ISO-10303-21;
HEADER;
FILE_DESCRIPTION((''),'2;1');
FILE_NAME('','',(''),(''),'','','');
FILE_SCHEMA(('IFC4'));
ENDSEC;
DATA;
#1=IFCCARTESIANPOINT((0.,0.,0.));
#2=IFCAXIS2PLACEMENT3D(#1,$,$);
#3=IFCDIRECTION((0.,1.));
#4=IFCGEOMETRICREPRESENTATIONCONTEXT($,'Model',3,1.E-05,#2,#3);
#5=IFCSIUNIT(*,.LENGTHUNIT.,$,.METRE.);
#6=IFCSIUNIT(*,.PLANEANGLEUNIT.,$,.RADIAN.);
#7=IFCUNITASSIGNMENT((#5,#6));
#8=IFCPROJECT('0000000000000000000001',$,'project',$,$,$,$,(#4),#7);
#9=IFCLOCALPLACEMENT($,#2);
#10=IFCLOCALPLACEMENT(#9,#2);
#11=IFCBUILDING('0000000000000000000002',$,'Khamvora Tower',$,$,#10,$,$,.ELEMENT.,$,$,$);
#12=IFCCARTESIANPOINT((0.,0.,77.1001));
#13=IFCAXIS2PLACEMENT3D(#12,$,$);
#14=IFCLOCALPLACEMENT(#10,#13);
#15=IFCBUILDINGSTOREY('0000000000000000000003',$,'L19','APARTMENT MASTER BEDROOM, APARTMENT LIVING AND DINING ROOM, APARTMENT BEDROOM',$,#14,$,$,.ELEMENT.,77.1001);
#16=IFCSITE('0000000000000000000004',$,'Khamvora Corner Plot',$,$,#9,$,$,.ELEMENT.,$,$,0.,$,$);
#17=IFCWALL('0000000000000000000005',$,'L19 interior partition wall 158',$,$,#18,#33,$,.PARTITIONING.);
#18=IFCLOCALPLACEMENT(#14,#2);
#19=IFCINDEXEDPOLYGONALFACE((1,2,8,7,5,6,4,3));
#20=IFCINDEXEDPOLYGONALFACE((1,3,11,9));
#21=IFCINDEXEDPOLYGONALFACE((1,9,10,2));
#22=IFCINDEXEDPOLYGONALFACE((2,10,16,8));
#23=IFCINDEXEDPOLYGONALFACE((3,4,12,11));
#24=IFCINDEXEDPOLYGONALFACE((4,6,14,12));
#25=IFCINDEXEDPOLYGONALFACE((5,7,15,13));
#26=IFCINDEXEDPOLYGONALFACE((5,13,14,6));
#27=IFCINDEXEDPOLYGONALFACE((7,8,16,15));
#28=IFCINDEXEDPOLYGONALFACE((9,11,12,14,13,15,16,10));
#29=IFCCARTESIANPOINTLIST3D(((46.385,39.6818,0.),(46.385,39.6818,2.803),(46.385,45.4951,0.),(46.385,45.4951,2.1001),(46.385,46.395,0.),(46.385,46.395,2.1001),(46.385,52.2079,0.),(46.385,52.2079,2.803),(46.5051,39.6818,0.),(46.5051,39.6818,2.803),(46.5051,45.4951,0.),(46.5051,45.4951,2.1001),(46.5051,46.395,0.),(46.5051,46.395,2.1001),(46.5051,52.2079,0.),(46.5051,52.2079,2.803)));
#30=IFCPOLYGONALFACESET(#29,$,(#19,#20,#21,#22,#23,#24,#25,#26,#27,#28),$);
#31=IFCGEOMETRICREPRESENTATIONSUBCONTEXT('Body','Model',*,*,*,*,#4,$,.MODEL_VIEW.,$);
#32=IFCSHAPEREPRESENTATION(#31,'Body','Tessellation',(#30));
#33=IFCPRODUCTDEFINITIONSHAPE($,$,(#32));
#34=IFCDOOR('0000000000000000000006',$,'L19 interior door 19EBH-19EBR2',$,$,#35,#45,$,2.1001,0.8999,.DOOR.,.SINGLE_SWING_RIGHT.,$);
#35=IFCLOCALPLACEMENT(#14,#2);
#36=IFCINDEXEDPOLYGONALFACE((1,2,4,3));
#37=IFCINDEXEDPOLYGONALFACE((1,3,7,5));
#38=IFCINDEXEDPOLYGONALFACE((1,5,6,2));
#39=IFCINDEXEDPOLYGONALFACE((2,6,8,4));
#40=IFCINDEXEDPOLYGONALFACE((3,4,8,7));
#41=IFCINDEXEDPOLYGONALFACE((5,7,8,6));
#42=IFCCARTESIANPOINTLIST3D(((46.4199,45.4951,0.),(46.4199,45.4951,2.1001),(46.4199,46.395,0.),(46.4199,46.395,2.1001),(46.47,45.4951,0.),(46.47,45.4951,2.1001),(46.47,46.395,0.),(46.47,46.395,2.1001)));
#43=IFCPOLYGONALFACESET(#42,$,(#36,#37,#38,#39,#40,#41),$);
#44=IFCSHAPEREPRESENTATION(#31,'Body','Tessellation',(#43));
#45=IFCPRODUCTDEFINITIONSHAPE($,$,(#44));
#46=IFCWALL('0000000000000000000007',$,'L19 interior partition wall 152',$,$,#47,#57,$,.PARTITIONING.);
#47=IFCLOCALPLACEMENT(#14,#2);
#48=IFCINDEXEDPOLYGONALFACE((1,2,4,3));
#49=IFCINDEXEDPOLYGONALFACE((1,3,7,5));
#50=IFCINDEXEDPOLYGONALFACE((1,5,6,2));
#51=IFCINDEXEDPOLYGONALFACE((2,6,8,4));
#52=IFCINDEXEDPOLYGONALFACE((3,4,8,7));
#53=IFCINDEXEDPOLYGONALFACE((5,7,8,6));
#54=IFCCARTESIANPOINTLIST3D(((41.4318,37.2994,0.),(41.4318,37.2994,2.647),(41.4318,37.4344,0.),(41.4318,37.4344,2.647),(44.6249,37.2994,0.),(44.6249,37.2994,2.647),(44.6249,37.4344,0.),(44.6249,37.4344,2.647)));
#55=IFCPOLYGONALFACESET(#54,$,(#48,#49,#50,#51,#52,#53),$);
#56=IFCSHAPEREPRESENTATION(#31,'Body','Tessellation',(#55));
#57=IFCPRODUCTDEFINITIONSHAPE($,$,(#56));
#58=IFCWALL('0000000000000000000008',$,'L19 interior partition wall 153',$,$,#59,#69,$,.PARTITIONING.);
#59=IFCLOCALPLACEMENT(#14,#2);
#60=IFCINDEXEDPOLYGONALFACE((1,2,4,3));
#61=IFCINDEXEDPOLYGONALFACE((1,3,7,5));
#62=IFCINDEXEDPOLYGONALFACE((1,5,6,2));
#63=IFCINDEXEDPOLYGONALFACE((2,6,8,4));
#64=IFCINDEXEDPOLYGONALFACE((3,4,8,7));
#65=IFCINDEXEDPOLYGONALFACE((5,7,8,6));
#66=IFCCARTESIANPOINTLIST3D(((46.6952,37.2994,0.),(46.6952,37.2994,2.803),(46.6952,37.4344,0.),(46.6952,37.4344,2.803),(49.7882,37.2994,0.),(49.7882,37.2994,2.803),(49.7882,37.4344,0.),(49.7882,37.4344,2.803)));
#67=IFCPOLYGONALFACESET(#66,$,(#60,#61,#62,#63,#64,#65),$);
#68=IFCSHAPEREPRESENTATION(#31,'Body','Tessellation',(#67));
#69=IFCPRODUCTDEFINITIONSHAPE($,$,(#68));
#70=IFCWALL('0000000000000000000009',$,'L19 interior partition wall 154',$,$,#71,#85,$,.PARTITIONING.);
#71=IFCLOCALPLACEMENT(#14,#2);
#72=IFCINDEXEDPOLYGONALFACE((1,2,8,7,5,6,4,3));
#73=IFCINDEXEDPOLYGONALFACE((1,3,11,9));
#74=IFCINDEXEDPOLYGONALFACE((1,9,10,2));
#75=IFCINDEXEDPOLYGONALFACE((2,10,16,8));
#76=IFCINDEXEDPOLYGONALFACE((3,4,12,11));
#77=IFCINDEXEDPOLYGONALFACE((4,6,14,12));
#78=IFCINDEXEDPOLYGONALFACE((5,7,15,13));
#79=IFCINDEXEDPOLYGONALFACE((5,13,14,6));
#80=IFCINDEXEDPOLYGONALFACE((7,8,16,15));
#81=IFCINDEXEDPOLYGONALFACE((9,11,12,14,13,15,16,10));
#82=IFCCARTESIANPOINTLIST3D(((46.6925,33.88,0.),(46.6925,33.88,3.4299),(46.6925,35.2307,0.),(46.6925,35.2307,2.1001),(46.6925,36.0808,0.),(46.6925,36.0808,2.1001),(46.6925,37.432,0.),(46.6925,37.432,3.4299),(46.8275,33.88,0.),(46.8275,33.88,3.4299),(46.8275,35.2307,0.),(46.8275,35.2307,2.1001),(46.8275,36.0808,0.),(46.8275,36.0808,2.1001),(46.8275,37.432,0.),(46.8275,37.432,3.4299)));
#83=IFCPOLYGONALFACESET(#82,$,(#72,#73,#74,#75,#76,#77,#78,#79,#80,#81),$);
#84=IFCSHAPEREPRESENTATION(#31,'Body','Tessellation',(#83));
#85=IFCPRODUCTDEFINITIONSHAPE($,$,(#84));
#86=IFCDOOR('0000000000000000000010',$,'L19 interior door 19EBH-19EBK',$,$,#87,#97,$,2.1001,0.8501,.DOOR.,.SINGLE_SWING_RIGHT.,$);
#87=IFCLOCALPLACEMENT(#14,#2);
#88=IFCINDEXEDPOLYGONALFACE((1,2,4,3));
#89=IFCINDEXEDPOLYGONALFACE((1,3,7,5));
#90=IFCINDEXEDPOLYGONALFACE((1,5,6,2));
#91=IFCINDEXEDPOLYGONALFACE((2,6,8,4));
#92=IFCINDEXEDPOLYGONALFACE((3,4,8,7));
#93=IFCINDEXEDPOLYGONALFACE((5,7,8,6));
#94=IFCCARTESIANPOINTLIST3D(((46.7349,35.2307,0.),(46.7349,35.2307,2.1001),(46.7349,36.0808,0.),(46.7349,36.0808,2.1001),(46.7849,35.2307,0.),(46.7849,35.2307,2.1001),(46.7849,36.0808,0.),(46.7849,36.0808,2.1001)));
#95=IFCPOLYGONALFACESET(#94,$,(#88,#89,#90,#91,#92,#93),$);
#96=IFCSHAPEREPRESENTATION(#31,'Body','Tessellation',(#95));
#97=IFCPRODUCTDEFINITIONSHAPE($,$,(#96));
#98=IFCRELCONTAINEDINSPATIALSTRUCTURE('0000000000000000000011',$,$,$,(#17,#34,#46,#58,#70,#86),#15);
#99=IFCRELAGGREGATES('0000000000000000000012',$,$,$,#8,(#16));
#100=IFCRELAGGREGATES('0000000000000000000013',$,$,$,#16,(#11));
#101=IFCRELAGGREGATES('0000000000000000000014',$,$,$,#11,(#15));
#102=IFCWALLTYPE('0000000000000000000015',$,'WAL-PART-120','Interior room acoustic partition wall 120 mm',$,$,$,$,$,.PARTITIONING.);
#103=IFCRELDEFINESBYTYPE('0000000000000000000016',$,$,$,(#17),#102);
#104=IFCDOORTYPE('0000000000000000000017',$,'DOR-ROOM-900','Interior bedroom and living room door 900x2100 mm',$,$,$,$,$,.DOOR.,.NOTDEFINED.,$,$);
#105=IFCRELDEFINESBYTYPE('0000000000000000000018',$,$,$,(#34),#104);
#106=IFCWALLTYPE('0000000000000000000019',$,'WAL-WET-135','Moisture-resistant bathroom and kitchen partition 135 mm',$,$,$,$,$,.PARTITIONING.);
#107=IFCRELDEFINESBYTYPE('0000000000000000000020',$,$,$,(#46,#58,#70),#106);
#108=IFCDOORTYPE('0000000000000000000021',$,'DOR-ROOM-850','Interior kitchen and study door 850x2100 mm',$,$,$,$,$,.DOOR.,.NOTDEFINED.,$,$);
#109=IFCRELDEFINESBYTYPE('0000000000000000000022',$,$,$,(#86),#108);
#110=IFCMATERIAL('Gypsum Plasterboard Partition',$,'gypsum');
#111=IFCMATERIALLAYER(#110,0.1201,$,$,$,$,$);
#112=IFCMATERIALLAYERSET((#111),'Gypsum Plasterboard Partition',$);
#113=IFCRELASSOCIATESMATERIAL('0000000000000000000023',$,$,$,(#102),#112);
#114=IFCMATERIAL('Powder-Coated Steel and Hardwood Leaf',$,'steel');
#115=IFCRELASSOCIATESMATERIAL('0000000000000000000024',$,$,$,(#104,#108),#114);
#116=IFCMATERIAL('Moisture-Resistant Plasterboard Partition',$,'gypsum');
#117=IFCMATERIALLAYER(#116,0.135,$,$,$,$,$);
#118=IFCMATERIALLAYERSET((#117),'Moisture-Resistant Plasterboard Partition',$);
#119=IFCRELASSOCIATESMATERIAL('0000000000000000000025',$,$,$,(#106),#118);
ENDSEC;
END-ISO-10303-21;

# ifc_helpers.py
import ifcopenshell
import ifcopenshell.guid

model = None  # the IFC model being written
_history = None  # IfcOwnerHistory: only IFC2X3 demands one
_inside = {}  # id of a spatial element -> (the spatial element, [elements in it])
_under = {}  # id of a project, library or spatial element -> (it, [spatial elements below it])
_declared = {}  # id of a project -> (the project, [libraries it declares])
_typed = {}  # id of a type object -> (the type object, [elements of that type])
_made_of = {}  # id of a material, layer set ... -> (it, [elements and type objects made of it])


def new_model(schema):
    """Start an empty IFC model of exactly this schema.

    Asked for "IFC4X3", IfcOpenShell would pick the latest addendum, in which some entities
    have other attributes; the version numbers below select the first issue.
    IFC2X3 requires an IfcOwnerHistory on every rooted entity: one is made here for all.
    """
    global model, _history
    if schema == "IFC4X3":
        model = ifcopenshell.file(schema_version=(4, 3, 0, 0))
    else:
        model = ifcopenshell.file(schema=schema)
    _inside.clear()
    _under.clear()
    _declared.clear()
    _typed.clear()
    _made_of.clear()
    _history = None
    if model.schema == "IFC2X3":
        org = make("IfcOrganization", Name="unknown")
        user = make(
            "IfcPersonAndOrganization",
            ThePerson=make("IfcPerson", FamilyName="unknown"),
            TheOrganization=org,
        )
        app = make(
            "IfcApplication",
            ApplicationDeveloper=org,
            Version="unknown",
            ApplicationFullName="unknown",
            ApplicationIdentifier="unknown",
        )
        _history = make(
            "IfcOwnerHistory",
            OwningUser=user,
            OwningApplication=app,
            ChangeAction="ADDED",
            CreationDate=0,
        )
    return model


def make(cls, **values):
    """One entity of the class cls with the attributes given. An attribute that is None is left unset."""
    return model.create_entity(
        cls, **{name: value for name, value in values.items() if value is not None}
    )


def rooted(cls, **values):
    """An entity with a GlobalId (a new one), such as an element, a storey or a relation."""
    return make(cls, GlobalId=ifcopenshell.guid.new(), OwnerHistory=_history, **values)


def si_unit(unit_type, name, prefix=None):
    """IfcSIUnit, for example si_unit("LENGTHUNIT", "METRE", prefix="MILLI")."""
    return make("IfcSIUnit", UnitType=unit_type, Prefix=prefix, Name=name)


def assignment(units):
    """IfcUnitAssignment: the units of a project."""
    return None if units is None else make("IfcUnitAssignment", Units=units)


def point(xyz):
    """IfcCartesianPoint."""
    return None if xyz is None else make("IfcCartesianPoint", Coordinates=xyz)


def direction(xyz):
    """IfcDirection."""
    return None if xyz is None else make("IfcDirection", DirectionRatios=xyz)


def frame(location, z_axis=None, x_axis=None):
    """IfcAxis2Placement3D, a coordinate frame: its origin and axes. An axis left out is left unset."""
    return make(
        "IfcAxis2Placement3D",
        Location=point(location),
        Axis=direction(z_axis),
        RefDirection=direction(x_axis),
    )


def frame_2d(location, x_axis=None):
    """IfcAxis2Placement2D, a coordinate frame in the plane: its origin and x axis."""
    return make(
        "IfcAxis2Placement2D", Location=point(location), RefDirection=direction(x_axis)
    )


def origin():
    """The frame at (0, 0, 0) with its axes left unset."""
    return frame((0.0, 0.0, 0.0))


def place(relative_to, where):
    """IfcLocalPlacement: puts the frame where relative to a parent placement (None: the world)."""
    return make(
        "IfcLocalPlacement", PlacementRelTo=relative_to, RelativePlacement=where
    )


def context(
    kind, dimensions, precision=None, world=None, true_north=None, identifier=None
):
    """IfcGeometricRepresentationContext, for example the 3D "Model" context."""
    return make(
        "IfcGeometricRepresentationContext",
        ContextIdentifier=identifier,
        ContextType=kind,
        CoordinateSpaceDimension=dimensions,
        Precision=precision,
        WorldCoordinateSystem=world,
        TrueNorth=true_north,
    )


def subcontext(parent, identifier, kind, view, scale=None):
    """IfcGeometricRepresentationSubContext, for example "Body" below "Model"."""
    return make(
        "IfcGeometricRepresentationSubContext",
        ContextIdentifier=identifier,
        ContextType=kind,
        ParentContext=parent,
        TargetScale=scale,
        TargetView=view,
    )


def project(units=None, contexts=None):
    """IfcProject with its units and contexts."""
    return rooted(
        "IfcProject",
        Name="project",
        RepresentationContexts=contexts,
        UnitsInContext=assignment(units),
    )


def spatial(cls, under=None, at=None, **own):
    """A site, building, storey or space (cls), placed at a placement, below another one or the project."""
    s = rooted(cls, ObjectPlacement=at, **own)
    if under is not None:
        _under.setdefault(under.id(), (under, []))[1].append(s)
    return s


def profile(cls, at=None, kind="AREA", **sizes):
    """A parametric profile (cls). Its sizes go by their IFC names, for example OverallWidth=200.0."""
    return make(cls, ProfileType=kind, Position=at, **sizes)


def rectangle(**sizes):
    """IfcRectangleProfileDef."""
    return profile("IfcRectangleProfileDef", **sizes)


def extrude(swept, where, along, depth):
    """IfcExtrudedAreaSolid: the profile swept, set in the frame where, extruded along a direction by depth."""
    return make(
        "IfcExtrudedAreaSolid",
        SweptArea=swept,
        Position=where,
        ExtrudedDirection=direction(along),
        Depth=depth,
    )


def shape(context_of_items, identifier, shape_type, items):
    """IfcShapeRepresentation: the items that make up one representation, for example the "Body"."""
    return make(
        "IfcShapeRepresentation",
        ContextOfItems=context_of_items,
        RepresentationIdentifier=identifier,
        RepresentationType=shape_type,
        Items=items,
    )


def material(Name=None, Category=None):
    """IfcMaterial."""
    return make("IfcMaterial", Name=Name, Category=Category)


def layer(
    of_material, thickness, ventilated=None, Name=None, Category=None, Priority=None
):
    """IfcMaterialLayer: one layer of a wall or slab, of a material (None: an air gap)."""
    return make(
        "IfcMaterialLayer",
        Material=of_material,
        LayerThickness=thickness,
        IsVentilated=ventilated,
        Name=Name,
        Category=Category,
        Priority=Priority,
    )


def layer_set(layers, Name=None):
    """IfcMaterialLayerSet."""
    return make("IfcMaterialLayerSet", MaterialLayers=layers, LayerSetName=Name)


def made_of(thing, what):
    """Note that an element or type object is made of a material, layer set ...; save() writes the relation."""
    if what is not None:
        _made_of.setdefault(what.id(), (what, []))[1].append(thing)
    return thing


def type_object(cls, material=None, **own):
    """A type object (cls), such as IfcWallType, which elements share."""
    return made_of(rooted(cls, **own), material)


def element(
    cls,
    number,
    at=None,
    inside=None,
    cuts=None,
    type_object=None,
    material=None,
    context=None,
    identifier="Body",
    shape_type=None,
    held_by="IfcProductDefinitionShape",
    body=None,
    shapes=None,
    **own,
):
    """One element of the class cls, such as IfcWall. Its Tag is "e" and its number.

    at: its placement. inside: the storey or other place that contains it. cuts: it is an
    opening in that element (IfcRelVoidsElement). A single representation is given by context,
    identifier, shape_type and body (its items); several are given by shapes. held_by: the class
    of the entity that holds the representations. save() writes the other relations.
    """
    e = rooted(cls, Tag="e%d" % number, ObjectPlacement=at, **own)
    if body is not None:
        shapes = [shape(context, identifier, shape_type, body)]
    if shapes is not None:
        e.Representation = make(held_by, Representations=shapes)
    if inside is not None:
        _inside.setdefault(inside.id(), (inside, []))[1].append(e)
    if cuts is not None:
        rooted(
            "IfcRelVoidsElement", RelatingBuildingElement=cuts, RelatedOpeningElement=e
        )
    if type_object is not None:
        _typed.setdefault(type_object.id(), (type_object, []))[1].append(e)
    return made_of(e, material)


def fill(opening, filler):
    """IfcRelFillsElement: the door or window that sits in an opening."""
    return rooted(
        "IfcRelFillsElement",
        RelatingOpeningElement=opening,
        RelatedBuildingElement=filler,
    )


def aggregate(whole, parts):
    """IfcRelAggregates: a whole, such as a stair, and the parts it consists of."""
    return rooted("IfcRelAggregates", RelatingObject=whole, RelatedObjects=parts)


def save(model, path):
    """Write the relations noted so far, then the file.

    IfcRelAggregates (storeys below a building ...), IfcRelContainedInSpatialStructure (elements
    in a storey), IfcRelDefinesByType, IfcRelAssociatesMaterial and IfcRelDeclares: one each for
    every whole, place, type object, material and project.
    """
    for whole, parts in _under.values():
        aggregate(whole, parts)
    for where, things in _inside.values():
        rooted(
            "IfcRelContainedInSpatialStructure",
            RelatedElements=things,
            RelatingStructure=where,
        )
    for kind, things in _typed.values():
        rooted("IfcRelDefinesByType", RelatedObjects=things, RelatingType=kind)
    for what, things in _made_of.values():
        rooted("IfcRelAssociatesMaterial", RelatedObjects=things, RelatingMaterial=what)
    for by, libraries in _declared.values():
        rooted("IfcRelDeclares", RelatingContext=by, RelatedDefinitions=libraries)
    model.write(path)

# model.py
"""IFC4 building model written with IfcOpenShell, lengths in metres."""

from ifc_helpers import new_model, si_unit, direction, frame, frame_2d, origin, place, context, subcontext, project, spatial, rectangle, extrude, material, layer, layer_set, type_object, element, fill, save


model = new_model("IFC4")

# Units and contexts
model_context = context("Model", 3, precision=1e-05, world=origin(), true_north=direction((0.0, 1.0)))
body_context = subcontext(model_context, "Body", "Model", "MODEL_VIEW")
ifc_project = project(units=[si_unit("LENGTHUNIT", "METRE"), si_unit("PLANEANGLEUNIT", "RADIAN")], contexts=[model_context])

# Site, building, storey
site_placement = place(None, origin())
site = spatial("IfcSite", under=ifc_project, at=site_placement, Name="Khamvora Corner Plot", CompositionType="ELEMENT", RefElevation=0.0)
building_placement = place(site_placement, origin())
building = spatial("IfcBuilding", under=site, at=building_placement, Name="Khamvora Tower", CompositionType="ELEMENT")
storey_placement = place(building_placement, frame((0.0, 0.0, 77.1001)))
storey = spatial("IfcBuildingStorey", under=building, at=storey_placement, Name="L19", Description="APARTMENT MASTER BEDROOM, APARTMENT LIVING AND DINING ROOM, APARTMENT BEDROOM", CompositionType="ELEMENT", Elevation=77.1001)

# Shared definitions
ifc_material_1 = material(Name="Gypsum Plasterboard Partition", Category="gypsum")
ifc_layer_1 = layer(ifc_material_1, 0.1201)
ifc_layer_set_1 = layer_set([ifc_layer_1], Name="Gypsum Plasterboard Partition")
wall_type_1 = type_object("IfcWallType", Name="WAL-PART-120", Description="Interior room acoustic partition wall 120 mm", PredefinedType="PARTITIONING", material=ifc_layer_set_1)

# Shared definitions
ifc_material_2 = material(Name="Powder-Coated Steel and Hardwood Leaf", Category="steel")
door_type_1 = type_object("IfcDoorType", Name="DOR-ROOM-900", Description="Interior bedroom and living room door 900x2100 mm", OperationType="NOTDEFINED", PredefinedType="DOOR", material=ifc_material_2)

# Wall, opening, door
wall_1_placement = place(storey_placement, frame((46.4451, 52.208, 0.0), z_axis=(0.0, 0.0, 1.0), x_axis=(0.0, -1.0, 0.0)))
wall_1 = element("IfcWall", 1, at=wall_1_placement, inside=storey, type_object=wall_type_1, Name="L19 interior partition wall 158", PredefinedType="PARTITIONING", context=body_context, shape_type="SweptSolid", body=[
    extrude(rectangle(XDim=12.5261, YDim=0.1201, at=frame_2d((6.2632, 0.0))), origin(), (0.0, 0.0, 1.0), 2.803),
])
opening_1_placement = place(wall_1_placement, frame((5.813, 0.0, 0.0)))
opening_1 = element("IfcOpeningElement", 2, at=opening_1_placement, cuts=wall_1, PredefinedType="OPENING", context=body_context, shape_type="SweptSolid", body=[
    extrude(rectangle(XDim=0.8999, YDim=2.1001, at=frame_2d((0.45, 1.05))), frame((0.0, 0.0701, 0.0), z_axis=(0.0, -1.0, 0.0), x_axis=(1.0, 0.0, 0.0)), (0.0, 0.0, 1.0), 0.1401),
])
door_1_placement = place(opening_1_placement, origin())
door_1 = element("IfcDoor", 3, at=door_1_placement, inside=storey, type_object=door_type_1, Name="L19 interior door 19EBH-19EBR2", OperationType="SINGLE_SWING_RIGHT", OverallHeight=2.1001, OverallWidth=0.8999, PredefinedType="DOOR", context=body_context, shape_type="SweptSolid", body=[
    extrude(rectangle(XDim=0.8999, YDim=2.1001, at=frame_2d((0.45, 1.05))), frame((0.0, 0.0249, 0.0), z_axis=(0.0, -1.0, 0.0), x_axis=(1.0, 0.0, 0.0)), (0.0, 0.0, 1.0), 0.05),
])
fill(opening_1, door_1)

# Walls
ifc_material_3 = material(Name="Moisture-Resistant Plasterboard Partition", Category="gypsum")
ifc_layer_2 = layer(ifc_material_3, 0.135)
ifc_layer_set_2 = layer_set([ifc_layer_2], Name="Moisture-Resistant Plasterboard Partition")
wall_type_2 = type_object("IfcWallType", Name="WAL-WET-135", Description="Moisture-resistant bathroom and kitchen partition 135 mm", PredefinedType="PARTITIONING", material=ifc_layer_set_2)
wall_2_placement = place(storey_placement, frame((44.625, 37.3669, 0.0), z_axis=(0.0, 0.0, 1.0), x_axis=(-1.0, 0.0, 0.0)))
element("IfcWall", 4, at=wall_2_placement, inside=storey, type_object=wall_type_2, Name="L19 interior partition wall 152", PredefinedType="PARTITIONING", context=body_context, shape_type="SweptSolid", body=[
    extrude(rectangle(XDim=3.1931, YDim=0.135, at=frame_2d((1.5967, 0.0))), origin(), (0.0, 0.0, 1.0), 2.647),
])
wall_3_placement = place(storey_placement, frame((49.7881, 37.3669, 0.0), z_axis=(0.0, 0.0, 1.0), x_axis=(-1.0, 0.0, 0.0)))
element("IfcWall", 5, at=wall_3_placement, inside=storey, type_object=wall_type_2, Name="L19 interior partition wall 153", PredefinedType="PARTITIONING", context=body_context, shape_type="SweptSolid", body=[
    extrude(rectangle(XDim=3.093, YDim=0.135, at=frame_2d((1.5464, 0.0))), origin(), (0.0, 0.0, 1.0), 2.803),
])

# Wall, opening, door
wall_4_placement = place(storey_placement, frame((46.76, 37.4319, 0.0), z_axis=(0.0, 0.0, 1.0), x_axis=(0.0, -1.0, 0.0)))
wall_4 = element("IfcWall", 6, at=wall_4_placement, inside=storey, type_object=wall_type_2, Name="L19 interior partition wall 154", PredefinedType="PARTITIONING", context=body_context, shape_type="SweptSolid", body=[
    extrude(rectangle(XDim=3.552, YDim=0.135, at=frame_2d((1.7759, 0.0))), origin(), (0.0, 0.0, 1.0), 3.4299),
])
opening_2_placement = place(wall_4_placement, frame((1.3511, 0.0, 0.0)))
opening_2 = element("IfcOpeningElement", 7, at=opening_2_placement, cuts=wall_4, PredefinedType="OPENING", context=body_context, shape_type="SweptSolid", body=[
    extrude(rectangle(XDim=0.8501, YDim=2.1001, at=frame_2d((0.425, 1.05))), frame((0.0, 0.0774, 0.0), z_axis=(0.0, -1.0, 0.0), x_axis=(1.0, 0.0, 0.0)), (0.0, 0.0, 1.0), 0.155),
])
door_type_2 = type_object("IfcDoorType", Name="DOR-ROOM-850", Description="Interior kitchen and study door 850x2100 mm", OperationType="NOTDEFINED", PredefinedType="DOOR", material=ifc_material_2)
door_2_placement = place(opening_2_placement, origin())
door_2 = element("IfcDoor", 8, at=door_2_placement, inside=storey, type_object=door_type_2, Name="L19 interior door 19EBH-19EBK", OperationType="SINGLE_SWING_RIGHT", OverallHeight=2.1001, OverallWidth=0.8501, PredefinedType="DOOR", context=body_context, shape_type="SweptSolid", body=[
    extrude(rectangle(XDim=0.8501, YDim=2.1001, at=frame_2d((0.425, 1.05))), frame((0.0, 0.0249, 0.0), z_axis=(0.0, -1.0, 0.0), x_axis=(1.0, 0.0, 0.0)), (0.0, 0.0, 1.0), 0.05),
])
fill(opening_2, door_2)

save(model, "model.ifc")
